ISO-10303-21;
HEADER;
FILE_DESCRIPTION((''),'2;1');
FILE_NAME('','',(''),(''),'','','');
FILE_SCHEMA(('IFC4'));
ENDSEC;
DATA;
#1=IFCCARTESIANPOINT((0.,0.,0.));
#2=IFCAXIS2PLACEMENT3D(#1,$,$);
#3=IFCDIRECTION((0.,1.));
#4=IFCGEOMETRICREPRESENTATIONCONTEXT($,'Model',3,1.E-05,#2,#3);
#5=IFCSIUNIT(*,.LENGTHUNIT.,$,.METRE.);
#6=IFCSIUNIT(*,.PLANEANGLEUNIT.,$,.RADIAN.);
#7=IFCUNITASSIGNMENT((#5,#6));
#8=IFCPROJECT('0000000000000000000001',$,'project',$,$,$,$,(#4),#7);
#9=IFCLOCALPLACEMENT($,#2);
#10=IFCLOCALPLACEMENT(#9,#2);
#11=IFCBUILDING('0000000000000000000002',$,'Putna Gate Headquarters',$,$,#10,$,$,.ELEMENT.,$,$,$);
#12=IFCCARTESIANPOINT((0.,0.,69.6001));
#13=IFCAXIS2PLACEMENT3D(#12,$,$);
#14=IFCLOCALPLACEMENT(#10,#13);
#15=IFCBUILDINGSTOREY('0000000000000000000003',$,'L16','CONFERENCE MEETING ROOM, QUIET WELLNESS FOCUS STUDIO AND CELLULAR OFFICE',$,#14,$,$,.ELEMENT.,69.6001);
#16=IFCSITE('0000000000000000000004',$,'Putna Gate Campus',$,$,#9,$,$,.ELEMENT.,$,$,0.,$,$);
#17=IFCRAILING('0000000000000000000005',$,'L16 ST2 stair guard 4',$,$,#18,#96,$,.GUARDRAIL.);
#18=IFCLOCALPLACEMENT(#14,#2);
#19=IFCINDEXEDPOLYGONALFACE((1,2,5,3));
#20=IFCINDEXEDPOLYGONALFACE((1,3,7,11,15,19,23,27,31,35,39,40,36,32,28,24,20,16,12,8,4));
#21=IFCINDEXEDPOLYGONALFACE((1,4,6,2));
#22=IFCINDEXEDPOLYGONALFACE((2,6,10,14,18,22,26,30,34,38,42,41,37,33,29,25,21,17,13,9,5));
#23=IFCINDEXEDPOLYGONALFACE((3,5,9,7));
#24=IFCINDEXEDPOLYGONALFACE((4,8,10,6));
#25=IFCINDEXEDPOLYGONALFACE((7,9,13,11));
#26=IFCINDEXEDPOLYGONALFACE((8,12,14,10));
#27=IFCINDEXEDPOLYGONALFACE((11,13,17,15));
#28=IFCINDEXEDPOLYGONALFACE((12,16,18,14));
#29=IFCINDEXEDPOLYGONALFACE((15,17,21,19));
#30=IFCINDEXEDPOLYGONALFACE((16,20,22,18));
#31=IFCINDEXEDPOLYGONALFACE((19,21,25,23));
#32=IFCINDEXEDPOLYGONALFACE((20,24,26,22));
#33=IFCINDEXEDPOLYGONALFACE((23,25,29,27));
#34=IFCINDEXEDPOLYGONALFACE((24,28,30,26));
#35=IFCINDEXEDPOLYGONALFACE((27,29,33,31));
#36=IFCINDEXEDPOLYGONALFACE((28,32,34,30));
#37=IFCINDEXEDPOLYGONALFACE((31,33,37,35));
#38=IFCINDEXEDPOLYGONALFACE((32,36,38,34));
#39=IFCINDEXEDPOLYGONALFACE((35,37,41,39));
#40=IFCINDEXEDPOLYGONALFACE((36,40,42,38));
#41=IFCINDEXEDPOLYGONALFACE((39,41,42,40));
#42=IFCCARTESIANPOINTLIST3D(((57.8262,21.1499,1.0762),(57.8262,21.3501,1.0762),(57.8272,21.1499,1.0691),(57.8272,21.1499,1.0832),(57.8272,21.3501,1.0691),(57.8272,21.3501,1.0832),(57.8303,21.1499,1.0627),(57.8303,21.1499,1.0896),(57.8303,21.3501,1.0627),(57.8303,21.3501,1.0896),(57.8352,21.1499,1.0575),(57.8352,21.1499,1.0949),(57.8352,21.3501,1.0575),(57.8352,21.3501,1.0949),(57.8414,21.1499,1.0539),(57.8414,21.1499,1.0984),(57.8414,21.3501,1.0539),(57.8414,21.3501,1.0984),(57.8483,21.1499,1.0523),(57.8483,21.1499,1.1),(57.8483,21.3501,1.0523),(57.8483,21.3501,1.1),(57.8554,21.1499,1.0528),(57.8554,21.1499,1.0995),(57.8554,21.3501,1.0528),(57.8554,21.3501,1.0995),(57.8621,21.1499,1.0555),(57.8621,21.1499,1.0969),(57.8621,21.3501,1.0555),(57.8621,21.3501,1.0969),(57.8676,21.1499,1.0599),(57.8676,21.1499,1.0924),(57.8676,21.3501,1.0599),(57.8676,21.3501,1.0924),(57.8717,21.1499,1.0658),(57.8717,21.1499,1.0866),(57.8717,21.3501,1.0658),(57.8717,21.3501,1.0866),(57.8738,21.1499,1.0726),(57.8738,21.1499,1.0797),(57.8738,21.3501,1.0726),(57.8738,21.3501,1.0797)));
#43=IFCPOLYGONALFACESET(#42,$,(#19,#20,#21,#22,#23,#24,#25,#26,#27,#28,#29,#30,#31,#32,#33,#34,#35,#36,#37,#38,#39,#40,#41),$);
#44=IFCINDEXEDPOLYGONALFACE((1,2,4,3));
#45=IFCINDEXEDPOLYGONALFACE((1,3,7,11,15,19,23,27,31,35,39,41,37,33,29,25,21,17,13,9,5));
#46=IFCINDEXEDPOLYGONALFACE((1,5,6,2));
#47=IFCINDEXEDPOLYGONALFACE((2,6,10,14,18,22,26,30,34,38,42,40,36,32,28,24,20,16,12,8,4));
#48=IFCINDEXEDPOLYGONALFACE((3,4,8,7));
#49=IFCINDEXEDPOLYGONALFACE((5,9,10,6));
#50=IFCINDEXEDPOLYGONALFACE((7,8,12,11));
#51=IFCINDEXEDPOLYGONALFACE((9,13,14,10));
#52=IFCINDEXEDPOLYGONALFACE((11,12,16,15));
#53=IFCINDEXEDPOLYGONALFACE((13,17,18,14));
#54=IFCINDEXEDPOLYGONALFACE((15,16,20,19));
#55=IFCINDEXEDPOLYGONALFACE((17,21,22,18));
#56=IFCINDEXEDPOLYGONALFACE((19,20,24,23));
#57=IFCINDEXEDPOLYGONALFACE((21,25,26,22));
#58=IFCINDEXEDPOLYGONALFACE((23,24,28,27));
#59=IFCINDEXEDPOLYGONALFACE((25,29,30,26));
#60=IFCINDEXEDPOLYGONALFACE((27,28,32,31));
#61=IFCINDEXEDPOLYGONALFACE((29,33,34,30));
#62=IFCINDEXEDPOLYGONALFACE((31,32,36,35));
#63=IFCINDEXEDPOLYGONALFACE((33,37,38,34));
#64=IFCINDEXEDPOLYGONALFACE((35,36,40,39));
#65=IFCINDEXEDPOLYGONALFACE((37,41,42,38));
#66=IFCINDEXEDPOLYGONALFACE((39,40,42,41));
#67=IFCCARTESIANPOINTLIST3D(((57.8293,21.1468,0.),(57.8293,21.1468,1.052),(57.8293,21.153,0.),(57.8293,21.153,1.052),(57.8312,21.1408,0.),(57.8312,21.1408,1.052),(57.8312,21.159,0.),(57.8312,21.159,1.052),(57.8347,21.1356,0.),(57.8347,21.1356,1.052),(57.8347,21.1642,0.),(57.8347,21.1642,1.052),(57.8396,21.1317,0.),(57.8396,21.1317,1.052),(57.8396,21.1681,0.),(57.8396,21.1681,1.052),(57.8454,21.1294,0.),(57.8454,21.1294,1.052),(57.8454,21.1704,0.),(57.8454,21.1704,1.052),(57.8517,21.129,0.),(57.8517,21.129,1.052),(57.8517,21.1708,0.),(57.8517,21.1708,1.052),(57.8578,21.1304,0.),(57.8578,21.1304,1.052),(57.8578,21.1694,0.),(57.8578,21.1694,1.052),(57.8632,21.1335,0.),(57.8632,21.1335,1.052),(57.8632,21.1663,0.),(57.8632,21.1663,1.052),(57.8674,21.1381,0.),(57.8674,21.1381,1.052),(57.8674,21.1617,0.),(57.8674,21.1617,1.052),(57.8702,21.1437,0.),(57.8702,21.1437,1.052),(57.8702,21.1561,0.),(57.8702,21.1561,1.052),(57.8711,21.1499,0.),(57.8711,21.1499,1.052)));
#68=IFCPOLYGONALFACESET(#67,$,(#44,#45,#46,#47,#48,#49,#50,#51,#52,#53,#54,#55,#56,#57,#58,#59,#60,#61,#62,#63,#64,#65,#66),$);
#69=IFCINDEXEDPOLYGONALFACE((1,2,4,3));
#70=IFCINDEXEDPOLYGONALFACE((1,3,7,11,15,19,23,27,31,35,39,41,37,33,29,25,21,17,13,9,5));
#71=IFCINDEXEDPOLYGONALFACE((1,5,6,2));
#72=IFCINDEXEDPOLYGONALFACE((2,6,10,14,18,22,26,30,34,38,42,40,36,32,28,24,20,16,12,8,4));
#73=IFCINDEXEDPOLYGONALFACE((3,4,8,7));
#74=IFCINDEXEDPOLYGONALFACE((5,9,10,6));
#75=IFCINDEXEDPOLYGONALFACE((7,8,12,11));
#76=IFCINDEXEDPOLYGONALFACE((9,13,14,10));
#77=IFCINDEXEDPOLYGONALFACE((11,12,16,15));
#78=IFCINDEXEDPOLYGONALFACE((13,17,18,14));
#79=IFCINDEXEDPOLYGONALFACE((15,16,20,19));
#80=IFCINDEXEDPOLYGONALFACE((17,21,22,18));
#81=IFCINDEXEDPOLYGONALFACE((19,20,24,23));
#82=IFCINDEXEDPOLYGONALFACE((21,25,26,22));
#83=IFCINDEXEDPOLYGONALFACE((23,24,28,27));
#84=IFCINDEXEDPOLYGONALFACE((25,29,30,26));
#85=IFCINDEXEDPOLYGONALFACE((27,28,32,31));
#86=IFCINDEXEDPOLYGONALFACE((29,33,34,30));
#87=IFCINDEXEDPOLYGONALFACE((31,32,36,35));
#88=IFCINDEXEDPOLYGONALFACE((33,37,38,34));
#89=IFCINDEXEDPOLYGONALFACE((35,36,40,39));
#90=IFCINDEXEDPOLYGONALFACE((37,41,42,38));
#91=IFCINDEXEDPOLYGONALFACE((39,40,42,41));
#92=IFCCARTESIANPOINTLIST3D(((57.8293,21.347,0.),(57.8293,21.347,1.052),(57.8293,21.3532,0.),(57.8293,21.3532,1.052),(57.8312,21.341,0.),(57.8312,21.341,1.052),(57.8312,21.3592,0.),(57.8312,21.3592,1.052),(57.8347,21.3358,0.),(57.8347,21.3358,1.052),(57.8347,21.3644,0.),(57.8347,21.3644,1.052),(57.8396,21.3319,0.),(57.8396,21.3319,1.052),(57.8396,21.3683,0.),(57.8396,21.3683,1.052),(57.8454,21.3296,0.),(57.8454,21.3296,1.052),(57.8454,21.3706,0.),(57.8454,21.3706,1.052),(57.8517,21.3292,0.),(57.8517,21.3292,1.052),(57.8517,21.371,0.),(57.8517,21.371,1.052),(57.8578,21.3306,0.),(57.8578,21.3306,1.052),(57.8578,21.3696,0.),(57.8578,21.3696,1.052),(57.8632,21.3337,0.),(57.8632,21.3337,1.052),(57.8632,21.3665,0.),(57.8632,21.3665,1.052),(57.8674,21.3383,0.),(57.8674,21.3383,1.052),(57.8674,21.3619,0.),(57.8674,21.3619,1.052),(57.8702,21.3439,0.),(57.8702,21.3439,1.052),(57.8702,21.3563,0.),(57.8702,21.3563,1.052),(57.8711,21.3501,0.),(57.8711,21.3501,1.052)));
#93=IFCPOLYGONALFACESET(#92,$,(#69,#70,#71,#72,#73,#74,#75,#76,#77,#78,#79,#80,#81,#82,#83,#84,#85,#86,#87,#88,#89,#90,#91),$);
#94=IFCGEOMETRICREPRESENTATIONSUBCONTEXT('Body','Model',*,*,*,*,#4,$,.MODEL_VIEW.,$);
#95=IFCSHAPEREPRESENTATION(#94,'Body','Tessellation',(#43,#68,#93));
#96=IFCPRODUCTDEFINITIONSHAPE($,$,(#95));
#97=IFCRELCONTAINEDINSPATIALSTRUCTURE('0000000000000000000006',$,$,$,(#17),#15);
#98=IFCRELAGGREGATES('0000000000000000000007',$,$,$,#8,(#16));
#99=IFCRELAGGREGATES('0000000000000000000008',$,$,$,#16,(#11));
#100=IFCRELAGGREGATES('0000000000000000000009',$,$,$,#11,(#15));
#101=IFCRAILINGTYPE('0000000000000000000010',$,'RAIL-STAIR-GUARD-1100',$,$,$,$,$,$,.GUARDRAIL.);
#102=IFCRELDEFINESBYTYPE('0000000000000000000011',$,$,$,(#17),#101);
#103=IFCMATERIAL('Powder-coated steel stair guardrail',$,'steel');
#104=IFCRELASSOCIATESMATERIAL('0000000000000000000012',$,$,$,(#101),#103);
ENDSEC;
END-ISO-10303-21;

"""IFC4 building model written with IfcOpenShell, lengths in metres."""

from ifc_helpers import new_model, si_unit, direction, frame, origin, origin_2d, place, context, subcontext, project, spatial, circle, extrude, material, type_object, element, save


model = new_model("IFC4")

# Units and contexts
model_context = context("Model", 3, precision=1e-05, world=origin(), true_north=direction((0.0, 1.0)))
body_context = subcontext(model_context, "Body", "Model", "MODEL_VIEW")
ifc_project = project(units=[si_unit("LENGTHUNIT", "METRE"), si_unit("PLANEANGLEUNIT", "RADIAN")], contexts=[model_context])

# Site, building, storey
site_placement = place(None, origin())
site = spatial("IfcSite", under=ifc_project, at=site_placement, Name="Putna Gate Campus", CompositionType="ELEMENT", RefElevation=0.0)
building_placement = place(site_placement, origin())
building = spatial("IfcBuilding", under=site, at=building_placement, Name="Putna Gate Headquarters", CompositionType="ELEMENT")
storey_placement = place(building_placement, frame((0.0, 0.0, 69.6001)))
storey = spatial("IfcBuildingStorey", under=building, at=storey_placement, Name="L16", Description="CONFERENCE MEETING ROOM, QUIET WELLNESS FOCUS STUDIO AND CELLULAR OFFICE", CompositionType="ELEMENT", Elevation=69.6001)

# Railing
ifc_material_1 = material(Name="Powder-coated steel stair guardrail", Category="steel")
railing_type_1 = type_object("IfcRailingType", Name="RAIL-STAIR-GUARD-1100", PredefinedType="GUARDRAIL", material=ifc_material_1)
railing_1_placement = place(storey_placement, frame((57.8501, 21.1499, 0.0)))
element("IfcRailing", 1, at=railing_1_placement, inside=storey, type_object=railing_type_1, Name="L16 ST2 stair guard 4", PredefinedType="GUARDRAIL", context=body_context, shape_type="SweptSolid", body=[
    extrude(circle(Radius=0.0239, at=origin_2d()), frame((0.0, 0.0, 1.0762), z_axis=(0.0, 1.0, 0.0), x_axis=(-1.0, 0.0, 0.0)), (0.0, 0.0, 1.0), 0.2002),
    extrude(circle(Radius=0.021, at=origin_2d()), origin(), (0.0, 0.0, 1.0), 1.052),
    extrude(circle(Radius=0.021, at=origin_2d()), frame((0.0, 0.2002, 0.0)), (0.0, 0.0, 1.0), 1.052),
])

save(model, "model.ifc")
